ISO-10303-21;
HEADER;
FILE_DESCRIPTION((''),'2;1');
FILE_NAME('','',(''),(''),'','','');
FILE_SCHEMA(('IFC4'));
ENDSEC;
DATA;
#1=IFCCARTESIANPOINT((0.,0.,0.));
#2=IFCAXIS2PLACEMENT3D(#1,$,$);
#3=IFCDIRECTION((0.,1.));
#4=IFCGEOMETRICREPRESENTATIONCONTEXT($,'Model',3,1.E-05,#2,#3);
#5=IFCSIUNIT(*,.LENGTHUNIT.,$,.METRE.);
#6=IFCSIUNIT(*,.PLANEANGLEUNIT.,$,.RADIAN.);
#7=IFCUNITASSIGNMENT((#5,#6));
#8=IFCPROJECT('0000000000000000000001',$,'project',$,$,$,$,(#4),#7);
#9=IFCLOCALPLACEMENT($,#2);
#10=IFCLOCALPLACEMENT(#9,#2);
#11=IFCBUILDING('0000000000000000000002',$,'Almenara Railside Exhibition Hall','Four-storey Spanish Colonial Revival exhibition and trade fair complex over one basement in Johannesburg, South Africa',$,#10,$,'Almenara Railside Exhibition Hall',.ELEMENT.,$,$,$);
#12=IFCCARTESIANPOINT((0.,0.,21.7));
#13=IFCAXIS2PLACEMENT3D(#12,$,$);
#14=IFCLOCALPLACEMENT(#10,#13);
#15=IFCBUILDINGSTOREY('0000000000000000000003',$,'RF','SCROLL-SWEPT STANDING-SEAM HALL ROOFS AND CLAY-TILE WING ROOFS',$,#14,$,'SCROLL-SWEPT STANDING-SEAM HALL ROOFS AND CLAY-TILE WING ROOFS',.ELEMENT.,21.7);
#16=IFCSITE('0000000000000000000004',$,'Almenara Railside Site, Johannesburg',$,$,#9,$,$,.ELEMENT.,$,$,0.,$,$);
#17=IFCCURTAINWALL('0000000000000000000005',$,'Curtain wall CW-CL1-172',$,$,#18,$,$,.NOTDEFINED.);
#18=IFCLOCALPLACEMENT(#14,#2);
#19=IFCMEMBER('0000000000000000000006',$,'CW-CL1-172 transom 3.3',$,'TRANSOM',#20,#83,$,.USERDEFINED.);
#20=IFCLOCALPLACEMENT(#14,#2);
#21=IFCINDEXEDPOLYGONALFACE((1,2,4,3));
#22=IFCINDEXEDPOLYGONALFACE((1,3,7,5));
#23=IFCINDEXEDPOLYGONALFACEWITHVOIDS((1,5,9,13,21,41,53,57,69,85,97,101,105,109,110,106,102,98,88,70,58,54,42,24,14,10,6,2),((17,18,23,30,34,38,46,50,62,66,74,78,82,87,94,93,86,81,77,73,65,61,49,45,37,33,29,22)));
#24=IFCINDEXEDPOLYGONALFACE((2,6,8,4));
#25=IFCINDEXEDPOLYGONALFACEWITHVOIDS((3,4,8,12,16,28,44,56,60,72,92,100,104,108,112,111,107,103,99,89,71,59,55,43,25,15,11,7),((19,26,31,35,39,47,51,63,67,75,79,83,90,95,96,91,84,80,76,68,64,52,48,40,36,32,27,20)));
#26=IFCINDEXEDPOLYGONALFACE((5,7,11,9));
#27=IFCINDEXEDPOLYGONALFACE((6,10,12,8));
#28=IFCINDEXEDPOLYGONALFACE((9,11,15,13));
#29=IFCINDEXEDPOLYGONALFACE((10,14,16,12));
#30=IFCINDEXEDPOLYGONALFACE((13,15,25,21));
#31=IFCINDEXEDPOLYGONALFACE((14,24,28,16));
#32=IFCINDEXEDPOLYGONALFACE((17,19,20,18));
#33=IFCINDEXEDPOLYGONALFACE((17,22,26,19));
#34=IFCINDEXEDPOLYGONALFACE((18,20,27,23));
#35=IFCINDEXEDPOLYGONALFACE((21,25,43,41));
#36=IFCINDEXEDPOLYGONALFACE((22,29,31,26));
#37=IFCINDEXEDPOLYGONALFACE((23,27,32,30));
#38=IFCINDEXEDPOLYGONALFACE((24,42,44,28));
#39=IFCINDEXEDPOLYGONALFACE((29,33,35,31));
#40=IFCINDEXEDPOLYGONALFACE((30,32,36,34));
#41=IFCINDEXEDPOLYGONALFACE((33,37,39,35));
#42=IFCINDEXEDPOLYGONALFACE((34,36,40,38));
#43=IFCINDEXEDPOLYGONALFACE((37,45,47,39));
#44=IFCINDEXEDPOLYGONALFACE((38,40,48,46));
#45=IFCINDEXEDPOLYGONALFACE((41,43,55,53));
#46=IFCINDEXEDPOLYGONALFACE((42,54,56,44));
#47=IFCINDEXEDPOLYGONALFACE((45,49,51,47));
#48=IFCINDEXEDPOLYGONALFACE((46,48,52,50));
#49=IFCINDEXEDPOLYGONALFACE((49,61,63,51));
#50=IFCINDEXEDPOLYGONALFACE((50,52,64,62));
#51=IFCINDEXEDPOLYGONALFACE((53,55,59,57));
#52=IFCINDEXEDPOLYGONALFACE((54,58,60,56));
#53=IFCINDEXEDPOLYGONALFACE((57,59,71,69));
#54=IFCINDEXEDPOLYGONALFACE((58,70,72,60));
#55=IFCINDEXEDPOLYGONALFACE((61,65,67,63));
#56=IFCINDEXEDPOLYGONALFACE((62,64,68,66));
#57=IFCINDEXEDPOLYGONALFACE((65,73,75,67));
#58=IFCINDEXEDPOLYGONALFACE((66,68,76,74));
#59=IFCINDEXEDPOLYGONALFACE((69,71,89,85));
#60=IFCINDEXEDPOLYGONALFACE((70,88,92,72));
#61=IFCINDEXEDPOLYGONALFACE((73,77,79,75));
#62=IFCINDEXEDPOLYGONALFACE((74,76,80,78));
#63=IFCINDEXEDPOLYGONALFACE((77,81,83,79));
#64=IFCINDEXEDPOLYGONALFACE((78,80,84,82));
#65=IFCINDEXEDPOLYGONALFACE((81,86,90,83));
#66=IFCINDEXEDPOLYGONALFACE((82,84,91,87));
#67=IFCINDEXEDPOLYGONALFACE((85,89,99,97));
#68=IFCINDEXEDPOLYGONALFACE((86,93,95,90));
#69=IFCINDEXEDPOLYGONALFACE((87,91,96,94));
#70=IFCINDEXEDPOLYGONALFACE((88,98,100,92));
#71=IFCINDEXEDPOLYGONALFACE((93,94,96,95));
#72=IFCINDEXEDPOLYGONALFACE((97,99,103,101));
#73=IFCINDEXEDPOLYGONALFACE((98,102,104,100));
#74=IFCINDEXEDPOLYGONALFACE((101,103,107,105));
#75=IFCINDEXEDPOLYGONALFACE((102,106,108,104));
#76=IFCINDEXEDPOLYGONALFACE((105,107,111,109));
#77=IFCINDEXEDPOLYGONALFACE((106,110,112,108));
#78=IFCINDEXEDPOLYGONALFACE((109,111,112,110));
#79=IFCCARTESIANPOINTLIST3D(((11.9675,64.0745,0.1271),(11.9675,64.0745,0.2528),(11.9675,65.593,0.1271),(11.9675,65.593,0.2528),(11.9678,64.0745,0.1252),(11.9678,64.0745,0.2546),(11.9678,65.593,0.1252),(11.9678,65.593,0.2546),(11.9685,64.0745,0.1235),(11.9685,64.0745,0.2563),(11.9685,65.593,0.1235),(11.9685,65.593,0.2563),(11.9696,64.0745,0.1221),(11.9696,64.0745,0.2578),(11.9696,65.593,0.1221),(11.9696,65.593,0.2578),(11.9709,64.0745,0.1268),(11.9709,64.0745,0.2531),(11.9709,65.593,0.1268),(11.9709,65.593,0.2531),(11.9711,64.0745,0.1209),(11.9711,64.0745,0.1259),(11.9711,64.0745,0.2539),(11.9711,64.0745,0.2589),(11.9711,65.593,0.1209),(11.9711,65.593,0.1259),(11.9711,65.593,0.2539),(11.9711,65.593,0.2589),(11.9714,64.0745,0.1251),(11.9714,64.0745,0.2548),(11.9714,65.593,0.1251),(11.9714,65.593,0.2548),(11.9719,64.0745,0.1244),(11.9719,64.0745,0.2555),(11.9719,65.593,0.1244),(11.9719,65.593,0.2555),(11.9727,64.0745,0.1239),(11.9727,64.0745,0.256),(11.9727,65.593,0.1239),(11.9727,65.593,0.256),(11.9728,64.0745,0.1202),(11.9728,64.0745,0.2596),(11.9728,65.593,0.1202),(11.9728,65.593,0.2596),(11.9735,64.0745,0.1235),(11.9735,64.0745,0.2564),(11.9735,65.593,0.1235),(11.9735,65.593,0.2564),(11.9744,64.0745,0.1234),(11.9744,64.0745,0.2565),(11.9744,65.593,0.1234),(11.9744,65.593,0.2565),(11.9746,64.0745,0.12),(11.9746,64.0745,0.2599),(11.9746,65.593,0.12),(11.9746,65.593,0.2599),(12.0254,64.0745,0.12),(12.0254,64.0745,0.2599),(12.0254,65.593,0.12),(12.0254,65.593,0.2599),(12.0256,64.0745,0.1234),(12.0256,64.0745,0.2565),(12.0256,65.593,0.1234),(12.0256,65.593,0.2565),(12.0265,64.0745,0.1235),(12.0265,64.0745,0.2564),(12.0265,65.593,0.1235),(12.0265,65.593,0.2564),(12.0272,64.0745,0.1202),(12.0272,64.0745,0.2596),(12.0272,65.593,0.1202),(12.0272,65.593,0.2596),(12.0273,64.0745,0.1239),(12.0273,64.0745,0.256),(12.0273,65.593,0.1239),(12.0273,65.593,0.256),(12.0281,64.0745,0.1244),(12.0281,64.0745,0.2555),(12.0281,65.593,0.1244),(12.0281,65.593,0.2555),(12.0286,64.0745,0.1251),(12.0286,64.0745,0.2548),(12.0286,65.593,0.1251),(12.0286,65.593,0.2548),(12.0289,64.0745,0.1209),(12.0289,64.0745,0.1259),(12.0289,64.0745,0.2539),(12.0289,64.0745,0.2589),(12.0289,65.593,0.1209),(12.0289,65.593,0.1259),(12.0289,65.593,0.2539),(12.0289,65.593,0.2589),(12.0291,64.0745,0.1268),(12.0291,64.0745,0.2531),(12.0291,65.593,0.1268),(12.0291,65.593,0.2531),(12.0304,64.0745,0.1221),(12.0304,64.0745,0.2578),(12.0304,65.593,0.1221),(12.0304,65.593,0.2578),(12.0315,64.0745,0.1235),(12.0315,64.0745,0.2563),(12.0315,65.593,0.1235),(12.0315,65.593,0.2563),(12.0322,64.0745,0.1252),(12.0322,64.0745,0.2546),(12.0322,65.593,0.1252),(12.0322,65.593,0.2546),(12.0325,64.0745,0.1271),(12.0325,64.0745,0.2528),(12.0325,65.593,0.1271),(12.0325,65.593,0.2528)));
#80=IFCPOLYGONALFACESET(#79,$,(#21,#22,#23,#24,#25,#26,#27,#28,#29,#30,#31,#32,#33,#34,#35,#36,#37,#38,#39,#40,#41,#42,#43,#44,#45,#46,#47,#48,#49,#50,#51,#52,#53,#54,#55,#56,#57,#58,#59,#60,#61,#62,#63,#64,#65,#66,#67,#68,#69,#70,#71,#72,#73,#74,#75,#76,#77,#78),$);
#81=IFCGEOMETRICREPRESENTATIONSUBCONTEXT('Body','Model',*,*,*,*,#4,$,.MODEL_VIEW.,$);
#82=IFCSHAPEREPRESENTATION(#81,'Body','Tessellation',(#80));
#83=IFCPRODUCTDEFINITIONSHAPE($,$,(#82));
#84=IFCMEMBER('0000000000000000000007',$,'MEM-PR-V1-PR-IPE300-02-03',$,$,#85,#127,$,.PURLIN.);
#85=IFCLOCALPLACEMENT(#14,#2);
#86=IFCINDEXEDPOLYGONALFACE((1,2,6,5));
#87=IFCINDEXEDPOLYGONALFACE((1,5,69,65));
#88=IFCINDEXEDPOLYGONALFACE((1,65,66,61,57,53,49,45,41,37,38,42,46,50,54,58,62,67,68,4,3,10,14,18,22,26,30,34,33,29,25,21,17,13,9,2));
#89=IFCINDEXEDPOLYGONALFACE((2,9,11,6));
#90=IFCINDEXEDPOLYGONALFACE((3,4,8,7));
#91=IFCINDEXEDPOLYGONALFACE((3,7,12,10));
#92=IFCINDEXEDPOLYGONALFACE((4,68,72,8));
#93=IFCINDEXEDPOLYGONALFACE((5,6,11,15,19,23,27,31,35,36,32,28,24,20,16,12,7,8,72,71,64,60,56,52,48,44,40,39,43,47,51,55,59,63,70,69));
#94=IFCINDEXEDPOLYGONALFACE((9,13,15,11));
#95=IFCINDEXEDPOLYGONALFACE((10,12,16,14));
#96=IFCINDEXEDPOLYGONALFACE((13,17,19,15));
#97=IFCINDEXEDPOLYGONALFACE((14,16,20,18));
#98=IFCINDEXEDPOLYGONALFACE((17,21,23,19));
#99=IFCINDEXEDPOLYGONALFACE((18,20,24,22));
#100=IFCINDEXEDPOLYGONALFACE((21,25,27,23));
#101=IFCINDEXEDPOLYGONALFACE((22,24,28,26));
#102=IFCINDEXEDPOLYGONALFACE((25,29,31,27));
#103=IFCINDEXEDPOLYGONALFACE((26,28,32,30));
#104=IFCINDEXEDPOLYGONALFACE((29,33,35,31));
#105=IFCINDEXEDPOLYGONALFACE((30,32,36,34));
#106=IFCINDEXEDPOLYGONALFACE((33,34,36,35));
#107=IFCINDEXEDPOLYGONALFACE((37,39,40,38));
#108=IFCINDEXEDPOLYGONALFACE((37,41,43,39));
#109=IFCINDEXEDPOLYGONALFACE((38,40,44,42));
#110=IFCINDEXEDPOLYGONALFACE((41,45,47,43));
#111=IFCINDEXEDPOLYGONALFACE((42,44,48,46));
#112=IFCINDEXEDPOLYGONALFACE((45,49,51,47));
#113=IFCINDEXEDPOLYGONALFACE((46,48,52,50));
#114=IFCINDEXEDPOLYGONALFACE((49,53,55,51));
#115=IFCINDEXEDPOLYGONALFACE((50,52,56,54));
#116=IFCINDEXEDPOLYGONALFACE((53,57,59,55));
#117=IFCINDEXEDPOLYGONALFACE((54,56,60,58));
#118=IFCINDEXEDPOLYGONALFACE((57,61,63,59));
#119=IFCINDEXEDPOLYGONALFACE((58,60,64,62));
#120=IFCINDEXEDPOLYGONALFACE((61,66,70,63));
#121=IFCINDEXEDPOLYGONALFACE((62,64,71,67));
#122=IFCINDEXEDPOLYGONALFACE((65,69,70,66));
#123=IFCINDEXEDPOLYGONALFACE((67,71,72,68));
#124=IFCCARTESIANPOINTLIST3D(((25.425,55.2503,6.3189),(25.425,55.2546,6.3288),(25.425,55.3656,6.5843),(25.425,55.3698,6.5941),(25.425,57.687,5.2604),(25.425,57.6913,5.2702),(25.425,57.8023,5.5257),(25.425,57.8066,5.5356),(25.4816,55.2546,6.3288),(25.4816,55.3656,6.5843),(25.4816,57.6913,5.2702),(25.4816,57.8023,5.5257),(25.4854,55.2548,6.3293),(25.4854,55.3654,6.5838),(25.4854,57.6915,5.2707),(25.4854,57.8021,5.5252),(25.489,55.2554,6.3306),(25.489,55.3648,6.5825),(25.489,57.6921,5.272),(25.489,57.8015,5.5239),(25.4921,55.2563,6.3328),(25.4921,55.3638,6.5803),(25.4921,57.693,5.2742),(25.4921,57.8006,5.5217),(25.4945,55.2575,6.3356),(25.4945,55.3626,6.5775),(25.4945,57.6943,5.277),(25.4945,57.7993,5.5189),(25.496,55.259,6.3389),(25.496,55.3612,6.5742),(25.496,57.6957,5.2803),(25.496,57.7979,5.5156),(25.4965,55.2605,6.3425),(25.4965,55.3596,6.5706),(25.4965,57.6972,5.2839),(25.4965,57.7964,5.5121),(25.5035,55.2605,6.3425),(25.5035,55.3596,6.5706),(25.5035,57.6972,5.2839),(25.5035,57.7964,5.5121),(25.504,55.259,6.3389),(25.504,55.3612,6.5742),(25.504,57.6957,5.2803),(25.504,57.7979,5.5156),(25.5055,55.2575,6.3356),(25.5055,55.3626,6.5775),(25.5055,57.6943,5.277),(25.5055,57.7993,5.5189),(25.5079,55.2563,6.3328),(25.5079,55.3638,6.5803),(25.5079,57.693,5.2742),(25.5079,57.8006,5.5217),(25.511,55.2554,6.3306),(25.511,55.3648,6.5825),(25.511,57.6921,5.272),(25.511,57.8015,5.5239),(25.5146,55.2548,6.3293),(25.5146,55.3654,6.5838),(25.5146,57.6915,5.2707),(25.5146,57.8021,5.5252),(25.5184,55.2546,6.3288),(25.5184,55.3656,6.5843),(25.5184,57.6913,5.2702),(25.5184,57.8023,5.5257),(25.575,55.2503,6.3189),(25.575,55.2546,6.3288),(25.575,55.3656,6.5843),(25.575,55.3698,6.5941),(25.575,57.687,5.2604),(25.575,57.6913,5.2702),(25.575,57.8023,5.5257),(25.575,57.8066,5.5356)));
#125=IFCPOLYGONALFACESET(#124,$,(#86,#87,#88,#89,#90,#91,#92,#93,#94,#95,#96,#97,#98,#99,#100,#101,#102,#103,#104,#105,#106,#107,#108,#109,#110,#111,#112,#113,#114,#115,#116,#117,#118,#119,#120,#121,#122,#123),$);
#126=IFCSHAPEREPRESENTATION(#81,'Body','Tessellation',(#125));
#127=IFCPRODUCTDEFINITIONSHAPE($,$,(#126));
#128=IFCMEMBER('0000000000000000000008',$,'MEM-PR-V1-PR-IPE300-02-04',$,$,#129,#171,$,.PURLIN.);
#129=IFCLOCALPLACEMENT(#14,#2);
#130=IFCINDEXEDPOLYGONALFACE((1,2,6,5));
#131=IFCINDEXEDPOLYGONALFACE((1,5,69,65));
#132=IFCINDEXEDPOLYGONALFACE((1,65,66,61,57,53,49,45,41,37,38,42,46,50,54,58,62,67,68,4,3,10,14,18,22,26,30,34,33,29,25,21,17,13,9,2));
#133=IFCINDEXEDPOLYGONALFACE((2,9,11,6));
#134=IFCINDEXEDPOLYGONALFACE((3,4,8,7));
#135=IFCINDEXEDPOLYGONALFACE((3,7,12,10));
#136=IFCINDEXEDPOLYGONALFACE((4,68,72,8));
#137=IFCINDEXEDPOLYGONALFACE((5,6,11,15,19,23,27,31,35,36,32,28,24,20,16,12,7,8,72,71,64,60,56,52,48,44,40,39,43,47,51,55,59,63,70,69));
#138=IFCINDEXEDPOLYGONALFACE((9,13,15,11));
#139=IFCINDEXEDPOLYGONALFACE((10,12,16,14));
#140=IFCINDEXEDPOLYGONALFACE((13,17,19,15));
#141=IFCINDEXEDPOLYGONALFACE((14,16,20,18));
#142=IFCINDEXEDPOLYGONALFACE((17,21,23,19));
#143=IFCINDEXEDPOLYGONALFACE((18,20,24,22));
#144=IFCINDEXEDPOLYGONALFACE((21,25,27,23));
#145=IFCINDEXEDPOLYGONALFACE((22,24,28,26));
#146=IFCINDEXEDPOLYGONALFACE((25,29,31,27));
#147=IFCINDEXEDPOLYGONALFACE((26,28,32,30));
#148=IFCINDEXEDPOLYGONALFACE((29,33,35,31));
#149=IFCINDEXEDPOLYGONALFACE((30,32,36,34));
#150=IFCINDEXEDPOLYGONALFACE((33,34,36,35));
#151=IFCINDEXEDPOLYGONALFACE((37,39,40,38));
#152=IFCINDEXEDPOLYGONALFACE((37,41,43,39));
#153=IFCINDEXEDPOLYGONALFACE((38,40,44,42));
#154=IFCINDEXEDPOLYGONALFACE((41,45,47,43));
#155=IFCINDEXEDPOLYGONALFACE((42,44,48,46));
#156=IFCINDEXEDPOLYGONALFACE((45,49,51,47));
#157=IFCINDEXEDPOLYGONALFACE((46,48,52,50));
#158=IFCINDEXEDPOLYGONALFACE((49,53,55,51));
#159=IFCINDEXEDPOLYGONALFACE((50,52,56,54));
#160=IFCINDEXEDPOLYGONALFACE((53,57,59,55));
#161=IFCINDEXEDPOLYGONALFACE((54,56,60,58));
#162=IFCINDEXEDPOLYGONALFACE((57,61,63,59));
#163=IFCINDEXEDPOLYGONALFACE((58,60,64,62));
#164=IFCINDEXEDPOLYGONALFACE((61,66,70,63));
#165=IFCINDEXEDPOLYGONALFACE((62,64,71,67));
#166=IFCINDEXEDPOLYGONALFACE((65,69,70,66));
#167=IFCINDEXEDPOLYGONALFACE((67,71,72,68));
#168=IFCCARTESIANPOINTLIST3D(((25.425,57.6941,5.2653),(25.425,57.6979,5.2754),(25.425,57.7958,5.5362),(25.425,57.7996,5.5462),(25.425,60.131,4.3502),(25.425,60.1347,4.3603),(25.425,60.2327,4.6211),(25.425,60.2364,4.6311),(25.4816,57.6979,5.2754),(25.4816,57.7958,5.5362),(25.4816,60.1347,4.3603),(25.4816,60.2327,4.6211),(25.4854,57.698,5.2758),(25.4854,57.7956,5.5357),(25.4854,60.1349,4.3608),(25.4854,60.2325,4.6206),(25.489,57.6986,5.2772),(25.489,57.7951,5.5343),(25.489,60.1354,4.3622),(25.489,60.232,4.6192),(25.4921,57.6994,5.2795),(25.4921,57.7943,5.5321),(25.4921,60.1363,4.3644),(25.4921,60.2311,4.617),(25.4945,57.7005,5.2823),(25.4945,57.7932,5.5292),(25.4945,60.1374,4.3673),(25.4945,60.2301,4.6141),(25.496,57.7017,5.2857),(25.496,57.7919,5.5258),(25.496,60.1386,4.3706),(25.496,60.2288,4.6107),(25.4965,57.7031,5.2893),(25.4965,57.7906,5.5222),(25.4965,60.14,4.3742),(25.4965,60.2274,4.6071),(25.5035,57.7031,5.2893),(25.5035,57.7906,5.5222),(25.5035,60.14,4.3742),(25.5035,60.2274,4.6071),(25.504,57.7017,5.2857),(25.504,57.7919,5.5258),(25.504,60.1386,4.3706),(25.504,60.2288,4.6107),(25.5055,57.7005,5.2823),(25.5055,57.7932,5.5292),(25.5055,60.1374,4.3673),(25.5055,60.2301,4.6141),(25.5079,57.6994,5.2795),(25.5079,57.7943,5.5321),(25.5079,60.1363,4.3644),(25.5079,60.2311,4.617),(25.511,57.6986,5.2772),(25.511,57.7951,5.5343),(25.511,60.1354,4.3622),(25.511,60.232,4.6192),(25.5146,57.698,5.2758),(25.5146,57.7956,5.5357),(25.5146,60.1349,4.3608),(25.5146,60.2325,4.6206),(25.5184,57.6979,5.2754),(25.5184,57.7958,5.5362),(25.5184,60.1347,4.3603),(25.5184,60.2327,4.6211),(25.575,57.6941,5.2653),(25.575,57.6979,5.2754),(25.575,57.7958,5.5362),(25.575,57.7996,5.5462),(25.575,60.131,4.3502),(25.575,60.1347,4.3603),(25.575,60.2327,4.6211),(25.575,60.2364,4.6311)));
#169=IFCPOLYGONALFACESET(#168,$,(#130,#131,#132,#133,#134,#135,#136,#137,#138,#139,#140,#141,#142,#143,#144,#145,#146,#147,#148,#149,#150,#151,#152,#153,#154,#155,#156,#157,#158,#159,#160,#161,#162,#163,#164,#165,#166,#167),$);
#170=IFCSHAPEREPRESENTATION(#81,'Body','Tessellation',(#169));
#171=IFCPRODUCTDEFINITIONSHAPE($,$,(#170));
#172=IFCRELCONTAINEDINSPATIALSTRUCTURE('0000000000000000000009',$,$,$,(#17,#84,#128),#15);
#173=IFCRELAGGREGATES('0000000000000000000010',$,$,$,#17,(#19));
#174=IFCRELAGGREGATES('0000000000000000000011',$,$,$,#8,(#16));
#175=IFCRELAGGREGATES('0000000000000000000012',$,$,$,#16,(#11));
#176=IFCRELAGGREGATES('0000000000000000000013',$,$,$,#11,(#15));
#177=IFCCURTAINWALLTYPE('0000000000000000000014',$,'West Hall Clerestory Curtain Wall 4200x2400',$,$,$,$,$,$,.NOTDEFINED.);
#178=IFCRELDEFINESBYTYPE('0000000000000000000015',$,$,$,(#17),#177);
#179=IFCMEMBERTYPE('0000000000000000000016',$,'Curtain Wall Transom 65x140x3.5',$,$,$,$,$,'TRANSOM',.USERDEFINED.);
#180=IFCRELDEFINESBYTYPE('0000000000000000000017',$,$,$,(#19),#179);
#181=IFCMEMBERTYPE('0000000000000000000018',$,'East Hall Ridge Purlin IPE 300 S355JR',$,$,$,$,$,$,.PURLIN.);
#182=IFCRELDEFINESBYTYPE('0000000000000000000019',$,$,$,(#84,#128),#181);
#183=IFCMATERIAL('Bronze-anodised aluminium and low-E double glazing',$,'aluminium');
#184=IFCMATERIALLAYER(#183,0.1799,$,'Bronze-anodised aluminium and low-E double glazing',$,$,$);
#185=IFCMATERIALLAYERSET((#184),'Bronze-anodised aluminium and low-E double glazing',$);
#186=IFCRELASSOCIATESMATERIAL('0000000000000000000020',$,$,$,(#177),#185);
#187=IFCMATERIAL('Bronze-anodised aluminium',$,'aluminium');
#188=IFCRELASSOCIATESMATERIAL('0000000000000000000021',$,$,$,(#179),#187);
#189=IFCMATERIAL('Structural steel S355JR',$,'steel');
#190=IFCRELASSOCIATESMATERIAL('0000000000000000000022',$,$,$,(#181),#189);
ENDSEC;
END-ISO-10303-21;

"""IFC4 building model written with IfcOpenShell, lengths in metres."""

from ifc_helpers import new_model, si_unit, direction, frame, origin, origin_2d, place, context, subcontext, project, spatial, hollow_rectangle, i_section, extrude, material, layer, layer_set, material_profile, profile_set, type_object, element, aggregate, save


model = new_model("IFC4")

# Units and contexts
model_context = context("Model", 3, precision=1e-05, world=origin(), true_north=direction((0.0, 1.0)))
body_context = subcontext(model_context, "Body", "Model", "MODEL_VIEW")
ifc_project = project(units=[si_unit("LENGTHUNIT", "METRE"), si_unit("PLANEANGLEUNIT", "RADIAN")], contexts=[model_context])

# Site, building, storey
site_placement = place(None, origin())
site = spatial("IfcSite", under=ifc_project, at=site_placement, Name="Almenara Railside Site, Johannesburg", CompositionType="ELEMENT", RefElevation=0.0)
building_placement = place(site_placement, origin())
building = spatial("IfcBuilding", under=site, at=building_placement, Name="Almenara Railside Exhibition Hall", Description="Four-storey Spanish Colonial Revival exhibition and trade fair complex over one basement in Johannesburg, South Africa", LongName="Almenara Railside Exhibition Hall", CompositionType="ELEMENT")
storey_placement = place(building_placement, frame((0.0, 0.0, 21.7)))
storey = spatial("IfcBuildingStorey", under=building, at=storey_placement, Name="RF", Description="SCROLL-SWEPT STANDING-SEAM HALL ROOFS AND CLAY-TILE WING ROOFS", LongName="SCROLL-SWEPT STANDING-SEAM HALL ROOFS AND CLAY-TILE WING ROOFS", CompositionType="ELEMENT", Elevation=21.7)

# Shared definitions
ifc_material_1 = material(Name="Structural steel S355JR", Category="steel")

# Curtain wall, member
ifc_material_2 = material(Name="Bronze-anodised aluminium and low-E double glazing", Category="aluminium")
ifc_layer_1 = layer(ifc_material_2, 0.1799, Name="Bronze-anodised aluminium and low-E double glazing")
ifc_layer_set_1 = layer_set([ifc_layer_1], Name="Bronze-anodised aluminium and low-E double glazing")
curtain_wall_type = type_object("IfcCurtainWallType", Name="West Hall Clerestory Curtain Wall 4200x2400", PredefinedType="NOTDEFINED", material=ifc_layer_set_1)
curtain_wall_placement = place(storey_placement, origin())
curtain_wall = element("IfcCurtainWall", 1, at=curtain_wall_placement, inside=storey, type_object=curtain_wall_type, Name="Curtain wall CW-CL1-172", PredefinedType="NOTDEFINED")
ifc_material_3 = material(Name="Bronze-anodised aluminium", Category="aluminium")
ifc_material_profile_1 = material_profile(ifc_material_3, hollow_rectangle(XDim=0.0649, YDim=0.1399, WallThickness=0.0034, InnerFilletRadius=0.0034, OuterFilletRadius=0.0071, at=origin_2d()), Name="ALU-TRN 65x140x3.5")
ifc_profile_set_1 = profile_set([ifc_material_profile_1], Name="Bronze-anodised aluminium")
member_type_1 = type_object("IfcMemberType", Name="Curtain Wall Transom 65x140x3.5", ElementType="TRANSOM", PredefinedType="USERDEFINED", material=ifc_profile_set_1)
member_1_placement = place(storey_placement, frame((12.0, 64.0745, 0.1899), z_axis=(0.0, 1.0, 0.0), x_axis=(-1.0, 0.0, 0.0)))
member_1 = element("IfcMember", 2, at=member_1_placement, type_object=member_type_1, Name="CW-CL1-172 transom 3.3", ObjectType="TRANSOM", PredefinedType="USERDEFINED", context=body_context, shape_type="SweptSolid", body=[
    extrude(hollow_rectangle(XDim=0.0649, YDim=0.1399, WallThickness=0.0034, InnerFilletRadius=0.0034, OuterFilletRadius=0.0071, at=origin_2d()), origin(), (0.0, 0.0, 1.0), 1.5186),
])

# Members
ifc_material_profile_2 = material_profile(ifc_material_1, i_section(OverallWidth=0.1499, OverallDepth=0.3, WebThickness=0.0071, FlangeThickness=0.0107, FilletRadius=0.0149, at=origin_2d()), Name="IPE 300")
ifc_profile_set_2 = profile_set([ifc_material_profile_2], Name="Structural steel S355JR")
member_type_2 = type_object("IfcMemberType", Name="East Hall Ridge Purlin IPE 300 S355JR", PredefinedType="PURLIN", material=ifc_profile_set_2)
member_2_placement = place(storey_placement, frame((25.5, 55.3101, 6.4565), z_axis=(0.0, 0.91719, -0.398451), x_axis=(-1.0, 0.0, 0.0)))
element("IfcMember", 3, at=member_2_placement, inside=storey, type_object=member_type_2, Name="MEM-PR-V1-PR-IPE300-02-03", PredefinedType="PURLIN", context=body_context, shape_type="SweptSolid", body=[
    extrude(i_section(OverallWidth=0.1499, OverallDepth=0.3, WebThickness=0.0071, FlangeThickness=0.0107, FilletRadius=0.0149, at=origin_2d()), origin(), (0.0, 0.0, 1.0), 2.6567),
])
member_3_placement = place(storey_placement, frame((25.5, 57.7468, 5.4058), z_axis=(0.0, 0.936171, -0.351545), x_axis=(-1.0, 0.0, 0.0)))
element("IfcMember", 4, at=member_3_placement, inside=storey, type_object=member_type_2, Name="MEM-PR-V1-PR-IPE300-02-04", PredefinedType="PURLIN", context=body_context, shape_type="SweptSolid", body=[
    extrude(i_section(OverallWidth=0.1499, OverallDepth=0.3, WebThickness=0.0071, FlangeThickness=0.0107, FilletRadius=0.0149, at=origin_2d()), origin(), (0.0, 0.0, 1.0), 2.603),
])

aggregate(curtain_wall, [member_1])

save(model, "model.ifc")
